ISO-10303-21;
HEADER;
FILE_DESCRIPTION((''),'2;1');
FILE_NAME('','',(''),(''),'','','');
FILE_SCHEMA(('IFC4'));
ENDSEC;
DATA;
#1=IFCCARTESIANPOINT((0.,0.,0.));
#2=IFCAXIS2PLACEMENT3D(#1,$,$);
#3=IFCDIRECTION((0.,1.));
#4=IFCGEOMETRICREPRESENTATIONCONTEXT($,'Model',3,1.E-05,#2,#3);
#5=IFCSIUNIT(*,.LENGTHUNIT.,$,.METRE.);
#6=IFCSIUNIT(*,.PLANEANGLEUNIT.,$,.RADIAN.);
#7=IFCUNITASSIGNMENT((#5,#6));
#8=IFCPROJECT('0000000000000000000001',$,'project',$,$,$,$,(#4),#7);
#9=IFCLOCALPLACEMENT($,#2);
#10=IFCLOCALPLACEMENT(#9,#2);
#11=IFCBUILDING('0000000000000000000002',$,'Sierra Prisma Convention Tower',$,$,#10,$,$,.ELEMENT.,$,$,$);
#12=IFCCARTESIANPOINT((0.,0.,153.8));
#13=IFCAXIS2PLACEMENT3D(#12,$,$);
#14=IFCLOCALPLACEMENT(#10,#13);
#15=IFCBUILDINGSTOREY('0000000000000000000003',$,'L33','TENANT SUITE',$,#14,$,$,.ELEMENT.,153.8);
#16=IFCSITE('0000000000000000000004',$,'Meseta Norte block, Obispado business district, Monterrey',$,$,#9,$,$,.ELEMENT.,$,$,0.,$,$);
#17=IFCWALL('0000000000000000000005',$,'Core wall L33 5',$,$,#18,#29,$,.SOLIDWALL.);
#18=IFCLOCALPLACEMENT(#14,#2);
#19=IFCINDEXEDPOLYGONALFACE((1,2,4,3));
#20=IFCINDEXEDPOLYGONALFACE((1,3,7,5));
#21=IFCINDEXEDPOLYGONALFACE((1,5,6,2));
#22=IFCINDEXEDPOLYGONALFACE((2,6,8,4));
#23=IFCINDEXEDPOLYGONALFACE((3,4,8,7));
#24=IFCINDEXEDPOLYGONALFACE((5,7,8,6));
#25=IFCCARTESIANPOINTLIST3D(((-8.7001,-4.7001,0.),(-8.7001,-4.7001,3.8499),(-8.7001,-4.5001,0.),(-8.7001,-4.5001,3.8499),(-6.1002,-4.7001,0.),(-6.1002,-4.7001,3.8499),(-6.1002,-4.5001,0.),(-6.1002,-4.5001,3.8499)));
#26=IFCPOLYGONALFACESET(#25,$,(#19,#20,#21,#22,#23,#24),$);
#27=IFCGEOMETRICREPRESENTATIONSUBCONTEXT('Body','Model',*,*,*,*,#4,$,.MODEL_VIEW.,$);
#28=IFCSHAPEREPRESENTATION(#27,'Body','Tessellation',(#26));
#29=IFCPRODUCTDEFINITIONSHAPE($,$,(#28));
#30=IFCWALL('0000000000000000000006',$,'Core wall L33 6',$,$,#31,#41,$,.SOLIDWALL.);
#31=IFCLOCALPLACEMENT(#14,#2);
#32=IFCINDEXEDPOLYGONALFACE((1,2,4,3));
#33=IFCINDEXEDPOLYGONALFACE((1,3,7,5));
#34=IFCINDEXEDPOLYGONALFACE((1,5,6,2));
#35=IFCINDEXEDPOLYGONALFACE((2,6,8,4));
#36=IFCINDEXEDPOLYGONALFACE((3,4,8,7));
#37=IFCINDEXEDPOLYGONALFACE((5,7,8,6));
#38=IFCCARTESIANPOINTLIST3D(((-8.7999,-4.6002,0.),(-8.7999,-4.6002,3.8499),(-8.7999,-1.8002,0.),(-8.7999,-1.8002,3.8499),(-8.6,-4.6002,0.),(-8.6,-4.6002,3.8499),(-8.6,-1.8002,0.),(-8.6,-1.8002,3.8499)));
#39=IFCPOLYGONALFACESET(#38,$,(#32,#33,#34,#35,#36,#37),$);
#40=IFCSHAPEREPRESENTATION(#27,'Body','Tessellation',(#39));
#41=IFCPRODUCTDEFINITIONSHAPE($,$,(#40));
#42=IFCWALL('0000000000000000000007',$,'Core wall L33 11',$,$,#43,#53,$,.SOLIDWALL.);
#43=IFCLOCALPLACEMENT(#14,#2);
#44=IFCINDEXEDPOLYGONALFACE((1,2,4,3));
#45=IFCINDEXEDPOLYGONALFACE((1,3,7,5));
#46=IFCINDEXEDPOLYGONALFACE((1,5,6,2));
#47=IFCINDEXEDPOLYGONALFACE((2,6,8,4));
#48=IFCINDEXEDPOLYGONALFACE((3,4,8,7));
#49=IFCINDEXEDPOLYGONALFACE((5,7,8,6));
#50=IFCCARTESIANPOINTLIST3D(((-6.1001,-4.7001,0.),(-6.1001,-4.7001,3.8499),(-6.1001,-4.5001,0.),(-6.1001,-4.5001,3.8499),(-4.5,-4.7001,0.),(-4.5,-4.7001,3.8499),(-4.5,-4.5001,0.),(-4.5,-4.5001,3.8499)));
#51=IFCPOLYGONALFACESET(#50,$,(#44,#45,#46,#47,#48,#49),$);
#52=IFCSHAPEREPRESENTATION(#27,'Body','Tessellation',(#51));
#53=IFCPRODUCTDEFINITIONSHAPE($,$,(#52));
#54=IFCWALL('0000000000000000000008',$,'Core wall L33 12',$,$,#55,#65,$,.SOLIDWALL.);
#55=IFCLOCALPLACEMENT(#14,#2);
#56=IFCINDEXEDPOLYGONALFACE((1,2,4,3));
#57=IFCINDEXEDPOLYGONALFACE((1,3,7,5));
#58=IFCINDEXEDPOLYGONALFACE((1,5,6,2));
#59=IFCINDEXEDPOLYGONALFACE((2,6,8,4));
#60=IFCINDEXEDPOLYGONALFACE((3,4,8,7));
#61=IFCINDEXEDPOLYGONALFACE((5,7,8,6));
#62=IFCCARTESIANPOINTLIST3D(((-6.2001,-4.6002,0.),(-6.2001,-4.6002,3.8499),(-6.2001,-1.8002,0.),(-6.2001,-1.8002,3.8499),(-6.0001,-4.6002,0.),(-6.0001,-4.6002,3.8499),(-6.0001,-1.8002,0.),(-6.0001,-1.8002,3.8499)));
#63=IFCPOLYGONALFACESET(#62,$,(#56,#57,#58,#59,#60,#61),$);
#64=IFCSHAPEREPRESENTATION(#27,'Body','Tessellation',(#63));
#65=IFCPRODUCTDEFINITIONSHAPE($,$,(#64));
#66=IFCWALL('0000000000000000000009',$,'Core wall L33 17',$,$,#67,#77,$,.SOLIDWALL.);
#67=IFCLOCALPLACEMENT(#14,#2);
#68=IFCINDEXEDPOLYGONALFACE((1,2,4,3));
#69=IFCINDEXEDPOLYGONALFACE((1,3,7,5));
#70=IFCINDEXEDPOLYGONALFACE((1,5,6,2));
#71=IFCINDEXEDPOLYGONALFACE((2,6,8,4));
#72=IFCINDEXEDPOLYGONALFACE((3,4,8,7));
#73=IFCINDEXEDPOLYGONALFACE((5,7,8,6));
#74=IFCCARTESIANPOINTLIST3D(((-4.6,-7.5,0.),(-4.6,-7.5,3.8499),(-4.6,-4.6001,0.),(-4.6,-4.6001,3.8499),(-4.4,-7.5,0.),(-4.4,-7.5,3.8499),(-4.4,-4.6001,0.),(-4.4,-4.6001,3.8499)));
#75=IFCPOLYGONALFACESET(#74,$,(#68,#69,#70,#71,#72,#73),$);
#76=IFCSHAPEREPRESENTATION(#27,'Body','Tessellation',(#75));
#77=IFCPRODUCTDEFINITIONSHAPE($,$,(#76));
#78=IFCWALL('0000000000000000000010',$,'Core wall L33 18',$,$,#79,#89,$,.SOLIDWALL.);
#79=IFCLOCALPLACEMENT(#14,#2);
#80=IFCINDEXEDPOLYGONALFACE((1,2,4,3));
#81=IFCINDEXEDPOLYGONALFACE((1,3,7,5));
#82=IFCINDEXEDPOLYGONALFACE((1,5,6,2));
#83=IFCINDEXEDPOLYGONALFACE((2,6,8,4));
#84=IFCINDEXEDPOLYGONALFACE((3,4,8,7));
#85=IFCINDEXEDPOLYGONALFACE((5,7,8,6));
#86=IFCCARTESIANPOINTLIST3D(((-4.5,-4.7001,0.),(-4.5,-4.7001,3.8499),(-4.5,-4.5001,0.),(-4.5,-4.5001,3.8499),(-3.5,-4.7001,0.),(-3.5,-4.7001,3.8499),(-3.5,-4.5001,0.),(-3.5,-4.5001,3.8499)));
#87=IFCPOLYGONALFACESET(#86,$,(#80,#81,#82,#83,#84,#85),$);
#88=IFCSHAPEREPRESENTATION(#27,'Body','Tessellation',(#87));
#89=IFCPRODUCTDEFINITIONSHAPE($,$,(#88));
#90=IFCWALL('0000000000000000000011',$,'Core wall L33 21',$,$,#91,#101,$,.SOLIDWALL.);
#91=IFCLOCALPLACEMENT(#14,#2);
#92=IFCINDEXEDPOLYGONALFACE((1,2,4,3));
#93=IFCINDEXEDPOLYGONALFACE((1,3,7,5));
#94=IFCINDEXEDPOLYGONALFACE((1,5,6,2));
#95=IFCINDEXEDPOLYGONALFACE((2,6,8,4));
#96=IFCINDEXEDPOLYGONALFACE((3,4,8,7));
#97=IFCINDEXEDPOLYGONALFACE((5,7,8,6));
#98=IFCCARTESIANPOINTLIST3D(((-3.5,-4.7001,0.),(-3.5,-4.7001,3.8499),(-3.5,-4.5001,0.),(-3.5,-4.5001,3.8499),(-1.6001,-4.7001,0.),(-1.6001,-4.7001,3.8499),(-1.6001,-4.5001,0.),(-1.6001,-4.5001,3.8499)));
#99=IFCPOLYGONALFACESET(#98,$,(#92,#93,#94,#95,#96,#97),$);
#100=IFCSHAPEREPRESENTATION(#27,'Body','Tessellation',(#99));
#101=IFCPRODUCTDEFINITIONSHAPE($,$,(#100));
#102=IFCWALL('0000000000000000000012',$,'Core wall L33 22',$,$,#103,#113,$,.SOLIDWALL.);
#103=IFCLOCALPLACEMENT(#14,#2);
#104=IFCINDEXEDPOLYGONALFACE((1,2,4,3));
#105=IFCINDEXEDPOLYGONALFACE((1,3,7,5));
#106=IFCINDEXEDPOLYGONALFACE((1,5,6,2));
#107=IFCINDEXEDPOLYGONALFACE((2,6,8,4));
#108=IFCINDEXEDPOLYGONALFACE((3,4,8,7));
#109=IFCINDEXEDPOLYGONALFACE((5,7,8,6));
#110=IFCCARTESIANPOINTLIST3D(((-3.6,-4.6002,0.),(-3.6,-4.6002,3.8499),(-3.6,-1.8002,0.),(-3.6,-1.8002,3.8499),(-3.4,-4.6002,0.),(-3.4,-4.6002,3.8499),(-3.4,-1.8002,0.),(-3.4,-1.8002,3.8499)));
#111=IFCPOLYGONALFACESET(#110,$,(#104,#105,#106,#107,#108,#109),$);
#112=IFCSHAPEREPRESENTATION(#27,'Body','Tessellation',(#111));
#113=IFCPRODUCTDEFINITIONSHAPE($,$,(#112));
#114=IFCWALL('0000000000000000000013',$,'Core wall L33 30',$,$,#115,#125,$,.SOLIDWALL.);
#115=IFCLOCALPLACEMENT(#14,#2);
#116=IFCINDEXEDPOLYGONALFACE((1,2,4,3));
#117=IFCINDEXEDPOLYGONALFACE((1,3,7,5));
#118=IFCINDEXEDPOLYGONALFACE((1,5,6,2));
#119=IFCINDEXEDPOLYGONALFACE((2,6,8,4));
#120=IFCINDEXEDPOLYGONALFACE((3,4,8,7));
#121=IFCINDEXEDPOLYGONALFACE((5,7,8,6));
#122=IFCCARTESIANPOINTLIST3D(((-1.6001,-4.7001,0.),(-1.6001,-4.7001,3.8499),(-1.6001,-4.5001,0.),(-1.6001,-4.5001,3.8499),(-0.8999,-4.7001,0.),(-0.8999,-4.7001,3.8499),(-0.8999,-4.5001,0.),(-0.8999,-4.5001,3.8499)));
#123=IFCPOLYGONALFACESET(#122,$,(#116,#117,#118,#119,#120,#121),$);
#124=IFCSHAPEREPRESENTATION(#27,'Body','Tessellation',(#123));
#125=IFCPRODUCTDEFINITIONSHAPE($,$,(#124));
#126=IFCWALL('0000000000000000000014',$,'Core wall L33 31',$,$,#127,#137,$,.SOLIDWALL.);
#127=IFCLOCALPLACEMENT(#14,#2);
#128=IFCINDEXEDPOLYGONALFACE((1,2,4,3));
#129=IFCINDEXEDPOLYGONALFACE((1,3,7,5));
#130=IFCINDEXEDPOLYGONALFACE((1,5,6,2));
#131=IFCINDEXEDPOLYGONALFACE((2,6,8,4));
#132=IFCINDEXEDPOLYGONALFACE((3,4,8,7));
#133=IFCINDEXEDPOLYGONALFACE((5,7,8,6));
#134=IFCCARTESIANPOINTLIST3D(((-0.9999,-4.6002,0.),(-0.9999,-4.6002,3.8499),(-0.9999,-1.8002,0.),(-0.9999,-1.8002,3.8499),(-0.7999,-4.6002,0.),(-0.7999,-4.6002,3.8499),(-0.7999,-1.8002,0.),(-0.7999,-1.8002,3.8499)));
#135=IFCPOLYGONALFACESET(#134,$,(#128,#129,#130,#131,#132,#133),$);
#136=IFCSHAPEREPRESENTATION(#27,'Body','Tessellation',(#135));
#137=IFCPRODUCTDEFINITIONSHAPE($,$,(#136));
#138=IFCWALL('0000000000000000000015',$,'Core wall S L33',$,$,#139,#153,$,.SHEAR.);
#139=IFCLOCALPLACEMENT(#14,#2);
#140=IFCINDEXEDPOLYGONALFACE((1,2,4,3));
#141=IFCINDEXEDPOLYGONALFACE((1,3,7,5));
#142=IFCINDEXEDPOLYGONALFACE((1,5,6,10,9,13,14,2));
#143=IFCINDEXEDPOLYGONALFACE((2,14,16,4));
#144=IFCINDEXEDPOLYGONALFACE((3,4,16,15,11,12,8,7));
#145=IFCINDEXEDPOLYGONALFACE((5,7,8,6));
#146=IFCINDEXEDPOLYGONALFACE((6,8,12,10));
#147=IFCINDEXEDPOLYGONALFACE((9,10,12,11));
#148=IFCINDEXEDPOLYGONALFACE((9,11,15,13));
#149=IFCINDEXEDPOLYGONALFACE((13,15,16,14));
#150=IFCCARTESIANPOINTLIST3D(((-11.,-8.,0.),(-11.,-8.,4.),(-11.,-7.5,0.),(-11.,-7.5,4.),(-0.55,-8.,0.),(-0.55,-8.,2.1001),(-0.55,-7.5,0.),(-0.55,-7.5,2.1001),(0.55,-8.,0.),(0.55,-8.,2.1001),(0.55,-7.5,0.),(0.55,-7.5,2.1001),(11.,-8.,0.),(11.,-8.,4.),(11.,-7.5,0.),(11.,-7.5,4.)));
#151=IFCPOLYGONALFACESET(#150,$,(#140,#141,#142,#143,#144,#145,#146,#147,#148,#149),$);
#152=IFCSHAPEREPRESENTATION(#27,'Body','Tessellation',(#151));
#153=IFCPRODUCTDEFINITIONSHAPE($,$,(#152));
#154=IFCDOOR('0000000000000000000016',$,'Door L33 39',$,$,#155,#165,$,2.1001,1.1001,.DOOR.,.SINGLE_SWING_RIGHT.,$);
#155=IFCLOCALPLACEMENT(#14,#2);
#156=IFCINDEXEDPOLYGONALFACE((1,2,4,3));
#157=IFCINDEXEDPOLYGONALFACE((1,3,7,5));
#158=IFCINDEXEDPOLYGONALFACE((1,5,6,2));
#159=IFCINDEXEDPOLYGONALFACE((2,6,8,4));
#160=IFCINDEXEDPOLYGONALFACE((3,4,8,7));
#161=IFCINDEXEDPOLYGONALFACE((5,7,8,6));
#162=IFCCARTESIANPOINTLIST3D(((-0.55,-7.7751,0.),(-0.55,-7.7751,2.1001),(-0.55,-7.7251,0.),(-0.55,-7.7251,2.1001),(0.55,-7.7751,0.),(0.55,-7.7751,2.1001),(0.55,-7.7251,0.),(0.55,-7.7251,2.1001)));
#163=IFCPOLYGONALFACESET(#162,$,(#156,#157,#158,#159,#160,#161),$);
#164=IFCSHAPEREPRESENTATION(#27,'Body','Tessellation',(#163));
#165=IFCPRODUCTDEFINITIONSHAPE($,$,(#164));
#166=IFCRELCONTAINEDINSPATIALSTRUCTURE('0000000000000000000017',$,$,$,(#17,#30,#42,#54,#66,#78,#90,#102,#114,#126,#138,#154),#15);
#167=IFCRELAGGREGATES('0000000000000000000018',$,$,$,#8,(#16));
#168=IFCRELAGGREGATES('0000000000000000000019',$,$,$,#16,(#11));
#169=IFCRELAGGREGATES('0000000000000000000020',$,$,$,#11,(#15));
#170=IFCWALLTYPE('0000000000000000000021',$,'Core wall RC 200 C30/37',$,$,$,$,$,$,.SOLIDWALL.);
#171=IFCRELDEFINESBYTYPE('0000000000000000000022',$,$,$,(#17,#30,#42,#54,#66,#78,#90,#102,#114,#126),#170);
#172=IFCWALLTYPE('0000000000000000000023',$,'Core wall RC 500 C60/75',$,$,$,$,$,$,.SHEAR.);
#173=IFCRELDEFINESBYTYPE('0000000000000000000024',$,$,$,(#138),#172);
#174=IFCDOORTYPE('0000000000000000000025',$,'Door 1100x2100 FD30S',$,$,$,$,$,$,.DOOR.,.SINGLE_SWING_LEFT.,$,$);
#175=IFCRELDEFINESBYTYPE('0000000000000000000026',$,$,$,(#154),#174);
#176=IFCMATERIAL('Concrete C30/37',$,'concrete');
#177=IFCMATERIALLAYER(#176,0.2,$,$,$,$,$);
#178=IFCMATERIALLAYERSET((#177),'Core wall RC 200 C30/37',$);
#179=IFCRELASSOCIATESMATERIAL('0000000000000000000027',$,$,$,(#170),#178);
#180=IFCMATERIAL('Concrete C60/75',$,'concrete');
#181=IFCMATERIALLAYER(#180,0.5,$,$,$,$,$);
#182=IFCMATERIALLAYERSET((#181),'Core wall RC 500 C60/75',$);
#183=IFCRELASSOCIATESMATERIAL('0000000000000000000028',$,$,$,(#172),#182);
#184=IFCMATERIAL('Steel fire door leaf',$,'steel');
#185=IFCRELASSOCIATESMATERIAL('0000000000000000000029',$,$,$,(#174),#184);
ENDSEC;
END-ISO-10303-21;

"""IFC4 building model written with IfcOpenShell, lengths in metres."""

from ifc_helpers import new_model, si_unit, direction, frame, frame_2d, origin, place, context, subcontext, project, spatial, rectangle, extrude, material, layer, layer_set, type_object, element, fill, save


model = new_model("IFC4")

# Units and contexts
model_context = context("Model", 3, precision=1e-05, world=origin(), true_north=direction((0.0, 1.0)))
body_context = subcontext(model_context, "Body", "Model", "MODEL_VIEW")
ifc_project = project(units=[si_unit("LENGTHUNIT", "METRE"), si_unit("PLANEANGLEUNIT", "RADIAN")], contexts=[model_context])

# Site, building, storey
site_placement = place(None, origin())
site = spatial("IfcSite", under=ifc_project, at=site_placement, Name="Meseta Norte block, Obispado business district, Monterrey", CompositionType="ELEMENT", RefElevation=0.0)
building_placement = place(site_placement, origin())
building = spatial("IfcBuilding", under=site, at=building_placement, Name="Sierra Prisma Convention Tower", CompositionType="ELEMENT")
storey_placement = place(building_placement, frame((0.0, 0.0, 153.8)))
storey = spatial("IfcBuildingStorey", under=building, at=storey_placement, Name="L33", Description="TENANT SUITE", CompositionType="ELEMENT", Elevation=153.8)

# Shared definitions
ifc_material_1 = material(Name="Concrete C30/37", Category="concrete")
ifc_layer_1 = layer(ifc_material_1, 0.2)
ifc_layer_set_1 = layer_set([ifc_layer_1], Name="Core wall RC 200 C30/37")
wall_type_1 = type_object("IfcWallType", Name="Core wall RC 200 C30/37", PredefinedType="SOLIDWALL", material=ifc_layer_set_1)

# Walls
wall_1_placement = place(storey_placement, frame((-8.7, -4.6001, 0.0), z_axis=(0.0, 0.0, 1.0), x_axis=(1.0, 0.0, 0.0)))
element("IfcWall", 1, at=wall_1_placement, inside=storey, type_object=wall_type_1, Name="Core wall L33 5", PredefinedType="SOLIDWALL", context=body_context, shape_type="SweptSolid", body=[
    extrude(rectangle(XDim=2.5999, YDim=0.2, at=frame_2d((1.2998, 0.0))), origin(), (0.0, 0.0, 1.0), 3.8499),
])
wall_2_placement = place(storey_placement, frame((-8.7, -4.6001, 0.0), z_axis=(0.0, 0.0, 1.0), x_axis=(0.0, 1.0, 0.0)))
element("IfcWall", 2, at=wall_2_placement, inside=storey, type_object=wall_type_1, Name="Core wall L33 6", PredefinedType="SOLIDWALL", context=body_context, shape_type="SweptSolid", body=[
    extrude(rectangle(XDim=2.8, YDim=0.2, at=frame_2d((1.3999, 0.0))), origin(), (0.0, 0.0, 1.0), 3.8499),
])
wall_3_placement = place(storey_placement, frame((-6.1001, -4.6001, 0.0), z_axis=(0.0, 0.0, 1.0), x_axis=(1.0, 0.0, 0.0)))
element("IfcWall", 3, at=wall_3_placement, inside=storey, type_object=wall_type_1, Name="Core wall L33 11", PredefinedType="SOLIDWALL", context=body_context, shape_type="SweptSolid", body=[
    extrude(rectangle(XDim=1.6001, YDim=0.2, at=frame_2d((0.8, 0.0))), origin(), (0.0, 0.0, 1.0), 3.8499),
])
wall_4_placement = place(storey_placement, frame((-6.1001, -4.6001, 0.0), z_axis=(0.0, 0.0, 1.0), x_axis=(0.0, 1.0, 0.0)))
element("IfcWall", 4, at=wall_4_placement, inside=storey, type_object=wall_type_1, Name="Core wall L33 12", PredefinedType="SOLIDWALL", context=body_context, shape_type="SweptSolid", body=[
    extrude(rectangle(XDim=2.8, YDim=0.2, at=frame_2d((1.3999, 0.0))), origin(), (0.0, 0.0, 1.0), 3.8499),
])
wall_5_placement = place(storey_placement, frame((-4.5, -4.6001, 0.0), z_axis=(0.0, 0.0, 1.0), x_axis=(0.0, -1.0, 0.0)))
element("IfcWall", 5, at=wall_5_placement, inside=storey, type_object=wall_type_1, Name="Core wall L33 17", PredefinedType="SOLIDWALL", context=body_context, shape_type="SweptSolid", body=[
    extrude(rectangle(XDim=2.8999, YDim=0.2, at=frame_2d((1.45, 0.0))), origin(), (0.0, 0.0, 1.0), 3.8499),
])
wall_6_placement = place(storey_placement, frame((-4.5, -4.6001, 0.0), z_axis=(0.0, 0.0, 1.0), x_axis=(1.0, 0.0, 0.0)))
element("IfcWall", 6, at=wall_6_placement, inside=storey, type_object=wall_type_1, Name="Core wall L33 18", PredefinedType="SOLIDWALL", context=body_context, shape_type="SweptSolid", body=[
    extrude(rectangle(XDim=1.0, YDim=0.2, at=frame_2d((0.5, 0.0))), origin(), (0.0, 0.0, 1.0), 3.8499),
])
wall_7_placement = place(storey_placement, frame((-3.5, -4.6001, 0.0), z_axis=(0.0, 0.0, 1.0), x_axis=(1.0, 0.0, 0.0)))
element("IfcWall", 7, at=wall_7_placement, inside=storey, type_object=wall_type_1, Name="Core wall L33 21", PredefinedType="SOLIDWALL", context=body_context, shape_type="SweptSolid", body=[
    extrude(rectangle(XDim=1.8999, YDim=0.2, at=frame_2d((0.95, 0.0))), origin(), (0.0, 0.0, 1.0), 3.8499),
])
wall_8_placement = place(storey_placement, frame((-3.5, -4.6001, 0.0), z_axis=(0.0, 0.0, 1.0), x_axis=(0.0, 1.0, 0.0)))
element("IfcWall", 8, at=wall_8_placement, inside=storey, type_object=wall_type_1, Name="Core wall L33 22", PredefinedType="SOLIDWALL", context=body_context, shape_type="SweptSolid", body=[
    extrude(rectangle(XDim=2.8, YDim=0.2, at=frame_2d((1.3999, 0.0))), origin(), (0.0, 0.0, 1.0), 3.8499),
])

# Walls
wall_9_placement = place(storey_placement, frame((-1.6001, -4.6001, 0.0), z_axis=(0.0, 0.0, 1.0), x_axis=(1.0, 0.0, 0.0)))
element("IfcWall", 9, at=wall_9_placement, inside=storey, type_object=wall_type_1, Name="Core wall L33 30", PredefinedType="SOLIDWALL", context=body_context, shape_type="SweptSolid", body=[
    extrude(rectangle(XDim=0.7002, YDim=0.2, at=frame_2d((0.3501, 0.0))), origin(), (0.0, 0.0, 1.0), 3.8499),
])
wall_10_placement = place(storey_placement, frame((-0.8999, -4.6001, 0.0), z_axis=(0.0, 0.0, 1.0), x_axis=(0.0, 1.0, 0.0)))
element("IfcWall", 10, at=wall_10_placement, inside=storey, type_object=wall_type_1, Name="Core wall L33 31", PredefinedType="SOLIDWALL", context=body_context, shape_type="SweptSolid", body=[
    extrude(rectangle(XDim=2.8, YDim=0.2, at=frame_2d((1.3999, 0.0))), origin(), (0.0, 0.0, 1.0), 3.8499),
])

# Wall, opening, door
ifc_material_2 = material(Name="Concrete C60/75", Category="concrete")
ifc_layer_2 = layer(ifc_material_2, 0.5)
ifc_layer_set_2 = layer_set([ifc_layer_2], Name="Core wall RC 500 C60/75")
wall_type_2 = type_object("IfcWallType", Name="Core wall RC 500 C60/75", PredefinedType="SHEAR", material=ifc_layer_set_2)
wall_11_placement = place(storey_placement, frame((-11.0, -7.75, 0.0), z_axis=(0.0, 0.0, 1.0), x_axis=(1.0, 0.0, 0.0)))
wall_11 = element("IfcWall", 11, at=wall_11_placement, inside=storey, type_object=wall_type_2, Name="Core wall S L33", PredefinedType="SHEAR", context=body_context, shape_type="SweptSolid", body=[
    extrude(rectangle(XDim=22.0, YDim=0.5, at=frame_2d((11.0, 0.0))), origin(), (0.0, 0.0, 1.0), 4.0),
])
opening_1_placement = place(wall_11_placement, frame((10.45, 0.0, 0.0)))
opening_1 = element("IfcOpeningElement", 12, at=opening_1_placement, cuts=wall_11, PredefinedType="OPENING", context=body_context, shape_type="SweptSolid", body=[
    extrude(rectangle(XDim=1.1001, YDim=2.1001, at=frame_2d((0.55, 1.05))), frame((0.0, 0.25, 0.0), z_axis=(0.0, -1.0, 0.0), x_axis=(1.0, 0.0, 0.0)), (0.0, 0.0, 1.0), 0.5),
])
ifc_material_3 = material(Name="Steel fire door leaf", Category="steel")
door_type_1 = type_object("IfcDoorType", Name="Door 1100x2100 FD30S", OperationType="SINGLE_SWING_LEFT", PredefinedType="DOOR", material=ifc_material_3)
door_1_placement = place(opening_1_placement, origin())
door_1 = element("IfcDoor", 13, at=door_1_placement, inside=storey, type_object=door_type_1, Name="Door L33 39", OperationType="SINGLE_SWING_RIGHT", OverallHeight=2.1001, OverallWidth=1.1001, PredefinedType="DOOR", context=body_context, shape_type="SweptSolid", body=[
    extrude(rectangle(XDim=1.1001, YDim=2.1001, at=frame_2d((0.55, 1.05))), frame((0.0, 0.0249, 0.0), z_axis=(0.0, -1.0, 0.0), x_axis=(1.0, 0.0, 0.0)), (0.0, 0.0, 1.0), 0.05),
])
fill(opening_1, door_1)

save(model, "model.ifc")
